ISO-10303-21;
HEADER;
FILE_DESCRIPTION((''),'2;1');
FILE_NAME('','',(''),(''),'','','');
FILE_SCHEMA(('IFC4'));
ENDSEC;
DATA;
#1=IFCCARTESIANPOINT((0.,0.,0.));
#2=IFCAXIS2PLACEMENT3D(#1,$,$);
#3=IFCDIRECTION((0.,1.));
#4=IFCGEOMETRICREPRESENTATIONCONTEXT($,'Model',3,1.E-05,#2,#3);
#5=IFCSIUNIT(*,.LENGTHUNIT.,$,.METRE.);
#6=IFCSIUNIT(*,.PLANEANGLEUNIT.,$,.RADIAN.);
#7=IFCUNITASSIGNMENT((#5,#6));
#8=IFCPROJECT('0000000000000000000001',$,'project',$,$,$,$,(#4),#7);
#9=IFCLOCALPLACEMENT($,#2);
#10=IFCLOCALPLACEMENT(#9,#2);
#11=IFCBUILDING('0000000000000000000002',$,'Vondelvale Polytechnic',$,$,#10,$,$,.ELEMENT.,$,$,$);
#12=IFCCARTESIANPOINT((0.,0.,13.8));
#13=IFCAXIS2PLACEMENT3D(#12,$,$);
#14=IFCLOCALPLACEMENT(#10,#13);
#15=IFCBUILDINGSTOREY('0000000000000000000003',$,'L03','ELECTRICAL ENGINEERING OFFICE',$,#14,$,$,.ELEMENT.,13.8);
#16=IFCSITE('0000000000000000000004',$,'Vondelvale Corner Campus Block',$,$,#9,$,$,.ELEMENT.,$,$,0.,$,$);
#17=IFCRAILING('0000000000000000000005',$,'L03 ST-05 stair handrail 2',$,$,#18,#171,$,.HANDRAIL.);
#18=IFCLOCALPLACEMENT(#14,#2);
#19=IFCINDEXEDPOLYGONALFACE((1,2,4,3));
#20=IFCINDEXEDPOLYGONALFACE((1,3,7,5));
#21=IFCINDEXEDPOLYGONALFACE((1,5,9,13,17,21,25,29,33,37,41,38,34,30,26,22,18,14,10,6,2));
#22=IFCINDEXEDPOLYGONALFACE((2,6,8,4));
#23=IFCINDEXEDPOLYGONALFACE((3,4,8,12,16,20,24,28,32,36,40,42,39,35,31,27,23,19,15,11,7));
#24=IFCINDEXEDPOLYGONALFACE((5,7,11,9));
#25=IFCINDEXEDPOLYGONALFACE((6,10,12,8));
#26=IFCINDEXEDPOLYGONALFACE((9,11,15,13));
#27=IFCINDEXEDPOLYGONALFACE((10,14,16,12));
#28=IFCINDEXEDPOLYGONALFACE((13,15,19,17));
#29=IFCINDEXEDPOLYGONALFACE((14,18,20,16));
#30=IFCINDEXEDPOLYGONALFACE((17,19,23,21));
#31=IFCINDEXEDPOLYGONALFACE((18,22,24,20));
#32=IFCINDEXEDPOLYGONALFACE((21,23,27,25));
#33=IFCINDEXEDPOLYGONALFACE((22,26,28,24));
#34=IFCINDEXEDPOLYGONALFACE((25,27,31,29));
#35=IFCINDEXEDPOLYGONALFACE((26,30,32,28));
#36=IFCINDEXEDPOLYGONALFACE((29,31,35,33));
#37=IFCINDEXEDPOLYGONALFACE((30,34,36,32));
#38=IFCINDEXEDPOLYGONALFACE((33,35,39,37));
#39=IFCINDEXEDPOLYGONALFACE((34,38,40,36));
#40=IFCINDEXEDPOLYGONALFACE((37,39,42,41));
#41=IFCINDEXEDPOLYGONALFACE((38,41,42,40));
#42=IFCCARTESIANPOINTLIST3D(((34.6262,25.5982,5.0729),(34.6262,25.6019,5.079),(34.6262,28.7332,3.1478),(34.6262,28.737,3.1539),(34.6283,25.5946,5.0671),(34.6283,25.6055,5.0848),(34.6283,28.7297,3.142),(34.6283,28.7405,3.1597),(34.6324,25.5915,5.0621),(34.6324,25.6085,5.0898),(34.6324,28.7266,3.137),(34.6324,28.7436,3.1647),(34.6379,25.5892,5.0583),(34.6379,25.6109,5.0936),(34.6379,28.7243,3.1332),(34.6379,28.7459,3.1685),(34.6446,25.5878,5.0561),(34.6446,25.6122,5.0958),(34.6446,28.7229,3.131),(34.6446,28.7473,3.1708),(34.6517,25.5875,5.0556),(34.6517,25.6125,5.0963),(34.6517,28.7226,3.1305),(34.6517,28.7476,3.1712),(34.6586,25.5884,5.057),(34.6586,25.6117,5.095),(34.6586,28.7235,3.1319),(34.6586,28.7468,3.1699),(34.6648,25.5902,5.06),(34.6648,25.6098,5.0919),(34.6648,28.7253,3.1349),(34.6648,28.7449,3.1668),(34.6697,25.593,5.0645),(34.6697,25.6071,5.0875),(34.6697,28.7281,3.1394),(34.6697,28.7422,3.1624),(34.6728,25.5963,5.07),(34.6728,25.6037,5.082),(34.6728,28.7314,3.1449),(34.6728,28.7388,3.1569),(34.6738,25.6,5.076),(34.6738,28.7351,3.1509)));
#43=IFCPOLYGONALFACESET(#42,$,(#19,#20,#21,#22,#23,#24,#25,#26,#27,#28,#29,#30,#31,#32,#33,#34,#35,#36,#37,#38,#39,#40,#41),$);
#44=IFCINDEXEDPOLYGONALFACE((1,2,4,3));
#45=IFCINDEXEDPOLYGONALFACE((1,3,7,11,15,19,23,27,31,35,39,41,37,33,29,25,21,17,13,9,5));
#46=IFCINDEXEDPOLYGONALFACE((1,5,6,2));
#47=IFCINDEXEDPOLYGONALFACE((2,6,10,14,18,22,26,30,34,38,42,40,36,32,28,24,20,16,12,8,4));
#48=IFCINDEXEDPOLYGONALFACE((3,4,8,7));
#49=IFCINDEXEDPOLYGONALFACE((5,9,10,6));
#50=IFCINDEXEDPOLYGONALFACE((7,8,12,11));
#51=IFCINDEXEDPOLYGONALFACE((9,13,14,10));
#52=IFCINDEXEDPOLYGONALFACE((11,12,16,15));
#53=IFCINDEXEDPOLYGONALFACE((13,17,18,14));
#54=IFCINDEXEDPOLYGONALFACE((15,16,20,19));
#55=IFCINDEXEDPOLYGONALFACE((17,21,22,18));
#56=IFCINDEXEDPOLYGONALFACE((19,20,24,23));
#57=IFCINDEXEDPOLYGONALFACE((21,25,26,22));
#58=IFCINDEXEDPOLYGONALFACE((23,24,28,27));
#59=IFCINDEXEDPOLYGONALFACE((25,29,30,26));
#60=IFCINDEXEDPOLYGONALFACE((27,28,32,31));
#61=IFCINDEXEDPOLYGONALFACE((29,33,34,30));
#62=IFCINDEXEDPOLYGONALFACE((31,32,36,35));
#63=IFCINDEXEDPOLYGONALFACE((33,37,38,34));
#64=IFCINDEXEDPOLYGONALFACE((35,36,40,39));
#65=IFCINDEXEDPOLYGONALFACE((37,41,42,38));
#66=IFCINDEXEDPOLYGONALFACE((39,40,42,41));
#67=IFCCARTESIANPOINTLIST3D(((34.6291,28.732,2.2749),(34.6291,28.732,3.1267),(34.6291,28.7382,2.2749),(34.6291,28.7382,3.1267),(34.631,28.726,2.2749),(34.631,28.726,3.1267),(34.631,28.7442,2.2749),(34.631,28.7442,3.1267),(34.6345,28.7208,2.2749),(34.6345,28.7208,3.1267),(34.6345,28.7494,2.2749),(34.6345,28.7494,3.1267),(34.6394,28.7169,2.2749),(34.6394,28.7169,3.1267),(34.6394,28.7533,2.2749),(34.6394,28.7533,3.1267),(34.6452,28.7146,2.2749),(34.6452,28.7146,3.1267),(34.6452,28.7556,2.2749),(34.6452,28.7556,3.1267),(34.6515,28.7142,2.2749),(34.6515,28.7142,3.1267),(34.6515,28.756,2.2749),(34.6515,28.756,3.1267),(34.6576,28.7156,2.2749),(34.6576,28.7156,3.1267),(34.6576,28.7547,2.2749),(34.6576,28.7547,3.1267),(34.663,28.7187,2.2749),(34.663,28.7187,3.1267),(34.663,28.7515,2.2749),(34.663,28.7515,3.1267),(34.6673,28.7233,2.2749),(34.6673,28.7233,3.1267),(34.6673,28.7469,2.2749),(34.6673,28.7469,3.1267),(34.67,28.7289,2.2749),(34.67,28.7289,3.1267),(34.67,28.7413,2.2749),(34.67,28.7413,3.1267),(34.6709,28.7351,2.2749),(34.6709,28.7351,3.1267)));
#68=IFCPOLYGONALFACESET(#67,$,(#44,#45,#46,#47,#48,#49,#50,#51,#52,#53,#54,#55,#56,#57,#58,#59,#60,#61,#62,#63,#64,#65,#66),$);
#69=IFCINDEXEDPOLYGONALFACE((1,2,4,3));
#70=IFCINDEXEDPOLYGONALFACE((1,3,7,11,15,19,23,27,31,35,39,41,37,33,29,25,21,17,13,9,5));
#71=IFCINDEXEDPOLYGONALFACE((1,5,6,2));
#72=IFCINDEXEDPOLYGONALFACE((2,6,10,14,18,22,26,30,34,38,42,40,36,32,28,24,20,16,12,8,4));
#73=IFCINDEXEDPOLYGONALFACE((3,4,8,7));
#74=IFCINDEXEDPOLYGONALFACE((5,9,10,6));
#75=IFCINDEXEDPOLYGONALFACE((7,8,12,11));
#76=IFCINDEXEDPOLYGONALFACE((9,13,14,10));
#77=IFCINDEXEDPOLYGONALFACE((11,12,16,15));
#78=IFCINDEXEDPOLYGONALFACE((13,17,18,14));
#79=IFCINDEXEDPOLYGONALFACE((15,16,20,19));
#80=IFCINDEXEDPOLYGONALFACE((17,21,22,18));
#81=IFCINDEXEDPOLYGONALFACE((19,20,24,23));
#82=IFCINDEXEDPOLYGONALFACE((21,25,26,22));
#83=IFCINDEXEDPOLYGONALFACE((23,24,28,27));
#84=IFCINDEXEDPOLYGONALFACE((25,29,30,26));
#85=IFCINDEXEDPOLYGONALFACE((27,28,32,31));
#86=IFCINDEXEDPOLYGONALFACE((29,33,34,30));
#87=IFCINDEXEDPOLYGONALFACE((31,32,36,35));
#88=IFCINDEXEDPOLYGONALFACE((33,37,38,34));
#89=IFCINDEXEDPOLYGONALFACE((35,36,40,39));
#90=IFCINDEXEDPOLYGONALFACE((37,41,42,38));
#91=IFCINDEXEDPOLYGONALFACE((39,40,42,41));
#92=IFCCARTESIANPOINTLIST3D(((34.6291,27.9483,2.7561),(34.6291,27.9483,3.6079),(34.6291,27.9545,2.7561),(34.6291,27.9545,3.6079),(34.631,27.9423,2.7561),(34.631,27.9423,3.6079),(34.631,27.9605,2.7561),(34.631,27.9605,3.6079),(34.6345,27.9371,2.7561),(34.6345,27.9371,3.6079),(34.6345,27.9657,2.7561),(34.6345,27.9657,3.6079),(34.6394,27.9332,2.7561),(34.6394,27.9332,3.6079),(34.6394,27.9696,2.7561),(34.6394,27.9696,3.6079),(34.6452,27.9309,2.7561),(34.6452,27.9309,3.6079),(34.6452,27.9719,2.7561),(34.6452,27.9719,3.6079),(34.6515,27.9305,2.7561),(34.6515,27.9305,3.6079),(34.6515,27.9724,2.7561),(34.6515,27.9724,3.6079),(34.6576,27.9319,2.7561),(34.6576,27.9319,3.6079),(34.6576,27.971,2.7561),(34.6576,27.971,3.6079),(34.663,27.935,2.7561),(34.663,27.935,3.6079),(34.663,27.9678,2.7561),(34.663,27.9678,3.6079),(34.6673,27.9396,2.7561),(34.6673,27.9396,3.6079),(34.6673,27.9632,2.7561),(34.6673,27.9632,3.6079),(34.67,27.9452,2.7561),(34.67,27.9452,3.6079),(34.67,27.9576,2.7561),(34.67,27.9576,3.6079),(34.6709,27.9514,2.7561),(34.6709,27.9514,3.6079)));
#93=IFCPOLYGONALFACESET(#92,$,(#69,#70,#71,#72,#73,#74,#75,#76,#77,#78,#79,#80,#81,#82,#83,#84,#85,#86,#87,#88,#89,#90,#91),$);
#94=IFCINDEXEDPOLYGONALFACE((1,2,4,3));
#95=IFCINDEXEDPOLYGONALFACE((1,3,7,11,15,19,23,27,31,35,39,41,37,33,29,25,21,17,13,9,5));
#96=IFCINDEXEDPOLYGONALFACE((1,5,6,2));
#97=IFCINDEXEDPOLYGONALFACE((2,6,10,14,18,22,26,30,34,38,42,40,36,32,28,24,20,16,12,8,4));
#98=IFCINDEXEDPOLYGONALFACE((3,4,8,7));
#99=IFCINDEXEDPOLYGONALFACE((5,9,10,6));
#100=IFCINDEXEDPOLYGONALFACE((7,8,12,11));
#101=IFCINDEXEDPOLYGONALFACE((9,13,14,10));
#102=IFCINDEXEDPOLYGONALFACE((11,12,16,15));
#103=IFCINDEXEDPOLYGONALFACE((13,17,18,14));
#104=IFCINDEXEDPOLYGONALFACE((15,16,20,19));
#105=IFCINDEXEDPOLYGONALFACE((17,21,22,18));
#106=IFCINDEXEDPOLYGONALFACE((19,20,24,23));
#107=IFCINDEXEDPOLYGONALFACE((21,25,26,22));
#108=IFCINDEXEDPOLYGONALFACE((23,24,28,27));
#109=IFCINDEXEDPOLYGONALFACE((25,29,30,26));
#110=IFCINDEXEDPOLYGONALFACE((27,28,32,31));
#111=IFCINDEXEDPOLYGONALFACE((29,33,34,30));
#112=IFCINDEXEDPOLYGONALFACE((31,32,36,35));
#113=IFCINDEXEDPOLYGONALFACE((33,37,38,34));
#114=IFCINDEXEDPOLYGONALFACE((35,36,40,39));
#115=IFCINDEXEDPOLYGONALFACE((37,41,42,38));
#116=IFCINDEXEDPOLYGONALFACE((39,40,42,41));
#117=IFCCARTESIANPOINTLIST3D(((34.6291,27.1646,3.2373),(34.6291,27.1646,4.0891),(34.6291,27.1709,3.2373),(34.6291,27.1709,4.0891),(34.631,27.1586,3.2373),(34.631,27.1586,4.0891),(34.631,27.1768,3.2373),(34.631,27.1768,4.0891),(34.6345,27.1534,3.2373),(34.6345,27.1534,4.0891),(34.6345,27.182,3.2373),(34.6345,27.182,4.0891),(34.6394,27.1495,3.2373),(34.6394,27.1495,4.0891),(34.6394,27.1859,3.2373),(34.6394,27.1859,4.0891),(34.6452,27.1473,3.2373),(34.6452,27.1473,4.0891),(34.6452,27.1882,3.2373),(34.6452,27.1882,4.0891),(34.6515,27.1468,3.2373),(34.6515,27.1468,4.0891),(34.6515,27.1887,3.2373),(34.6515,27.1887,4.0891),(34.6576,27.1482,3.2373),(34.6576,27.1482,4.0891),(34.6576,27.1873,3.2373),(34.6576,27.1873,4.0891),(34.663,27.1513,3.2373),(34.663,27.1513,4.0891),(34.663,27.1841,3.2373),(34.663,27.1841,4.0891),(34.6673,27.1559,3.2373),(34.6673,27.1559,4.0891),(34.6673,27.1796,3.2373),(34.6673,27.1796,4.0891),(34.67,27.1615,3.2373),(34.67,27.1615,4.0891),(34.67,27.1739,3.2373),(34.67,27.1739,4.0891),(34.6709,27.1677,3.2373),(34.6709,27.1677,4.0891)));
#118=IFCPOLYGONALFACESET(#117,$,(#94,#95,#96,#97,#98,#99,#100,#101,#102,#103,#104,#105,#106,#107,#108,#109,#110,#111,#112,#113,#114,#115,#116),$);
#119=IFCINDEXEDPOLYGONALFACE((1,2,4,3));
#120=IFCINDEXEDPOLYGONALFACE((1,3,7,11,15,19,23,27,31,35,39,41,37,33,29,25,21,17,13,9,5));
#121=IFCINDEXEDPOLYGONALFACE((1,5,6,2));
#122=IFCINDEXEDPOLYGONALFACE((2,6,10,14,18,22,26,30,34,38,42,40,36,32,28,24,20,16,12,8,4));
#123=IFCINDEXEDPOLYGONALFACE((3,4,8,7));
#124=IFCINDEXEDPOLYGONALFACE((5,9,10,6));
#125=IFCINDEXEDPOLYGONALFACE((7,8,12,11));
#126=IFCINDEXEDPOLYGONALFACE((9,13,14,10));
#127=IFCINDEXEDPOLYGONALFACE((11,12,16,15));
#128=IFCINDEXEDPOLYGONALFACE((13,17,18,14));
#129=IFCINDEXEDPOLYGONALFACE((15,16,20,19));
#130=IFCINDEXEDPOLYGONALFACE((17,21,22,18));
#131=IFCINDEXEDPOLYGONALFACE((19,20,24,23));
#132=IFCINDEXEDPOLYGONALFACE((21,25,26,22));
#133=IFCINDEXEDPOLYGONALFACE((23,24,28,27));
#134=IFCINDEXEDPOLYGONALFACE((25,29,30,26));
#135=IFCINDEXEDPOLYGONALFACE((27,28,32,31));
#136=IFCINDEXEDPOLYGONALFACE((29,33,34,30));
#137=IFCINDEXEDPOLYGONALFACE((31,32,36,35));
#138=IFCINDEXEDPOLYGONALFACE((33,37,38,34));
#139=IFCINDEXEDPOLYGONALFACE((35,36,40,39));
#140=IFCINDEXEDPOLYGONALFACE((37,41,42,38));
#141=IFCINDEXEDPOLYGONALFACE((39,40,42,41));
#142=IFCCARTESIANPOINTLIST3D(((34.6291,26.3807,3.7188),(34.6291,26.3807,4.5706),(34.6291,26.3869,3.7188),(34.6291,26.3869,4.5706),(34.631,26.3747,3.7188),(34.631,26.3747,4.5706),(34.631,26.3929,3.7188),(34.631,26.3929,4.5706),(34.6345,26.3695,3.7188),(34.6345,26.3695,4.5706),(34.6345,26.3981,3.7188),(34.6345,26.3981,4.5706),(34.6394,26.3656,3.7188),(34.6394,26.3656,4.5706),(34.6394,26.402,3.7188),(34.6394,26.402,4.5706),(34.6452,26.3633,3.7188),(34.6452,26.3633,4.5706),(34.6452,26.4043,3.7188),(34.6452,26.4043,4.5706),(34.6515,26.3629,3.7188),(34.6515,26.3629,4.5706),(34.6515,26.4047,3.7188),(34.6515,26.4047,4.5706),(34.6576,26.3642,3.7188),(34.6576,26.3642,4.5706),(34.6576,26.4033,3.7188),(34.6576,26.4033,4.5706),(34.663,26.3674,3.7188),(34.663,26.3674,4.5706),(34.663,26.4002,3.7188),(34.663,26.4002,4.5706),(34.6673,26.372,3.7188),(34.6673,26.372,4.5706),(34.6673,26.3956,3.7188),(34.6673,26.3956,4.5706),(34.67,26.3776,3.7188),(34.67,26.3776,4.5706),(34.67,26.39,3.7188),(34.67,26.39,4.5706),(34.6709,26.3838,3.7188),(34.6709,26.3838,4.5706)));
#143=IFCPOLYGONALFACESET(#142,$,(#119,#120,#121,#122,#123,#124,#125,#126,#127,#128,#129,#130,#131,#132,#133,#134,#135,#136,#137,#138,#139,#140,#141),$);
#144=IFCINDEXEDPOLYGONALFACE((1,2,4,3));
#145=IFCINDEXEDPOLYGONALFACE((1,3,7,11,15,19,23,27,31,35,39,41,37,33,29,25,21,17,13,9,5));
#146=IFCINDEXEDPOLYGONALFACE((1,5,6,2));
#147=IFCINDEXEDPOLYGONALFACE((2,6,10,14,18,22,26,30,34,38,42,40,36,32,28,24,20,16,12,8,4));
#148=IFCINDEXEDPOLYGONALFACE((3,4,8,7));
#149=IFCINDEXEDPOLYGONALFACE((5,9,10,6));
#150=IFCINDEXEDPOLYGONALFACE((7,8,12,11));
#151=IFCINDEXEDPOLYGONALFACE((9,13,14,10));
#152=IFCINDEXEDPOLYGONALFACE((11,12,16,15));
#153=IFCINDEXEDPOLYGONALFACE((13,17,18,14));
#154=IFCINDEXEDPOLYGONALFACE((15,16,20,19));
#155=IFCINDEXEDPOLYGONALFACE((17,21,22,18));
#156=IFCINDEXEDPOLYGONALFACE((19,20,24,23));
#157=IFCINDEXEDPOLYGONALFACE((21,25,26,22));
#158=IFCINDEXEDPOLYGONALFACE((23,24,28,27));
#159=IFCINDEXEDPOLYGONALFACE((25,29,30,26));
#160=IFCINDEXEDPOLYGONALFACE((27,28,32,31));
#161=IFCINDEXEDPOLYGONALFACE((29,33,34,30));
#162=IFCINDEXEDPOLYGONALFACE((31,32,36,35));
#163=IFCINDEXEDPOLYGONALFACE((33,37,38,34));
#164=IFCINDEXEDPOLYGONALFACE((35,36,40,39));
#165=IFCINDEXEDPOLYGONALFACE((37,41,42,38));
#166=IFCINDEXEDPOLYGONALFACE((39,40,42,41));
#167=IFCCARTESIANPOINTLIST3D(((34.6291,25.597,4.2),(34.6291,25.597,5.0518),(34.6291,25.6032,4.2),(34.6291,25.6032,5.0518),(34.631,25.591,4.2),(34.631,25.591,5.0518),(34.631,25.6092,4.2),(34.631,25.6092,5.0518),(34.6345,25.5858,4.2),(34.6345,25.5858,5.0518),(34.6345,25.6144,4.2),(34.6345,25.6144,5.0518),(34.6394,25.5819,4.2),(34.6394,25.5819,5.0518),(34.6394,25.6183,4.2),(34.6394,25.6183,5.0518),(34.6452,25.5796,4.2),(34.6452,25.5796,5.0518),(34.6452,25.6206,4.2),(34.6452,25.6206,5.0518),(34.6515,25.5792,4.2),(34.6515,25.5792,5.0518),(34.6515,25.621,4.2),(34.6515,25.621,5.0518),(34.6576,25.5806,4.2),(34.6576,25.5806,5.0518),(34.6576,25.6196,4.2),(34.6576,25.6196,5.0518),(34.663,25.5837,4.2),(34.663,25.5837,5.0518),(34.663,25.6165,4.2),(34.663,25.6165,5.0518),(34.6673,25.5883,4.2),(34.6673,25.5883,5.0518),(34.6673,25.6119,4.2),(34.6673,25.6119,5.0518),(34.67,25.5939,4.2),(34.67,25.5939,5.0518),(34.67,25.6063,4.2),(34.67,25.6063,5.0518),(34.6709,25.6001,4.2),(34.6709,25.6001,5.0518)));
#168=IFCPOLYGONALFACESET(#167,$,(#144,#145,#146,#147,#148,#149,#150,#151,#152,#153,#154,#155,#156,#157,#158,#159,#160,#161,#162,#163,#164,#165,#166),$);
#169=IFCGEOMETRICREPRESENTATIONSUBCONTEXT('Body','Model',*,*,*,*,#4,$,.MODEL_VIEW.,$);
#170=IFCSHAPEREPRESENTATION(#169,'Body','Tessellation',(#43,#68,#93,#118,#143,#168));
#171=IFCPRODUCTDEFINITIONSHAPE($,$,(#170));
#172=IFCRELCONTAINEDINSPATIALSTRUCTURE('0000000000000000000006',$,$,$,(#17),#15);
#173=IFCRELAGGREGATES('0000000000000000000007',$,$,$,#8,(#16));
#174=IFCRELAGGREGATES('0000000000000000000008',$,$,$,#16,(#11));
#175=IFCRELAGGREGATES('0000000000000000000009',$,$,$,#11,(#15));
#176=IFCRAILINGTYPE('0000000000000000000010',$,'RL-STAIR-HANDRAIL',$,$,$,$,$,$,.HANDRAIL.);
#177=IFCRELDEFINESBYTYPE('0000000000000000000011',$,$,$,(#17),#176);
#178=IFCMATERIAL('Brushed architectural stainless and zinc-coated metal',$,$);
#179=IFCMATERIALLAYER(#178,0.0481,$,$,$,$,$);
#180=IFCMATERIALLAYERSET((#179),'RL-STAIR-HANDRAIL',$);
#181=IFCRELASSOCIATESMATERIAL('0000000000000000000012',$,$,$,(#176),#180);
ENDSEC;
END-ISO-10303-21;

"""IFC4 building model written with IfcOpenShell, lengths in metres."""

from ifc_helpers import new_model, si_unit, direction, frame, origin, origin_2d, place, context, subcontext, project, spatial, circle, extrude, material, layer, layer_set, type_object, element, save


model = new_model("IFC4")

# Units and contexts
model_context = context("Model", 3, precision=1e-05, world=origin(), true_north=direction((0.0, 1.0)))
body_context = subcontext(model_context, "Body", "Model", "MODEL_VIEW")
ifc_project = project(units=[si_unit("LENGTHUNIT", "METRE"), si_unit("PLANEANGLEUNIT", "RADIAN")], contexts=[model_context])

# Site, building, storey
site_placement = place(None, origin())
site = spatial("IfcSite", under=ifc_project, at=site_placement, Name="Vondelvale Corner Campus Block", CompositionType="ELEMENT", RefElevation=0.0)
building_placement = place(site_placement, origin())
building = spatial("IfcBuilding", under=site, at=building_placement, Name="Vondelvale Polytechnic", CompositionType="ELEMENT")
storey_placement = place(building_placement, frame((0.0, 0.0, 13.8)))
storey = spatial("IfcBuildingStorey", under=building, at=storey_placement, Name="L03", Description="ELECTRICAL ENGINEERING OFFICE", CompositionType="ELEMENT", Elevation=13.8)

# Shared definitions
ifc_material_1 = material(Name="Brushed architectural stainless and zinc-coated metal")

# Railing
ifc_layer_1 = layer(ifc_material_1, 0.0481)
ifc_layer_set_1 = layer_set([ifc_layer_1], Name="RL-STAIR-HANDRAIL")
railing_type_1 = type_object("IfcRailingType", Name="RL-STAIR-HANDRAIL", PredefinedType="HANDRAIL", material=ifc_layer_set_1)
railing_1_placement = place(storey_placement, frame((34.6499, 28.7351, 2.2749)))
element("IfcRailing", 1, at=railing_1_placement, inside=storey, type_object=railing_type_1, Name="L03 ST-05 stair handrail 2", PredefinedType="HANDRAIL", context=body_context, shape_type="SweptSolid", body=[
    extrude(circle(Radius=0.0239, at=origin_2d()), frame((0.0, 0.0, 0.876), z_axis=(0.0, -0.852166, 0.523271), x_axis=(1.0, 0.0, 0.0)), (0.0, 0.0, 1.0), 3.679),
    extrude(circle(Radius=0.021, at=origin_2d()), origin(), (0.0, 0.0, 1.0), 0.8518),
    extrude(circle(Radius=0.021, at=origin_2d()), frame((0.0, -0.7837, 0.4812)), (0.0, 0.0, 1.0), 0.8518),
    extrude(circle(Radius=0.021, at=origin_2d()), frame((0.0, -1.5674, 0.9624)), (0.0, 0.0, 1.0), 0.8518),
    extrude(circle(Radius=0.021, at=origin_2d()), frame((0.0, -2.3513, 1.4438)), (0.0, 0.0, 1.0), 0.8518),
    extrude(circle(Radius=0.021, at=origin_2d()), frame((0.0, -3.135, 1.925)), (0.0, 0.0, 1.0), 0.8518),
])

save(model, "model.ifc")
